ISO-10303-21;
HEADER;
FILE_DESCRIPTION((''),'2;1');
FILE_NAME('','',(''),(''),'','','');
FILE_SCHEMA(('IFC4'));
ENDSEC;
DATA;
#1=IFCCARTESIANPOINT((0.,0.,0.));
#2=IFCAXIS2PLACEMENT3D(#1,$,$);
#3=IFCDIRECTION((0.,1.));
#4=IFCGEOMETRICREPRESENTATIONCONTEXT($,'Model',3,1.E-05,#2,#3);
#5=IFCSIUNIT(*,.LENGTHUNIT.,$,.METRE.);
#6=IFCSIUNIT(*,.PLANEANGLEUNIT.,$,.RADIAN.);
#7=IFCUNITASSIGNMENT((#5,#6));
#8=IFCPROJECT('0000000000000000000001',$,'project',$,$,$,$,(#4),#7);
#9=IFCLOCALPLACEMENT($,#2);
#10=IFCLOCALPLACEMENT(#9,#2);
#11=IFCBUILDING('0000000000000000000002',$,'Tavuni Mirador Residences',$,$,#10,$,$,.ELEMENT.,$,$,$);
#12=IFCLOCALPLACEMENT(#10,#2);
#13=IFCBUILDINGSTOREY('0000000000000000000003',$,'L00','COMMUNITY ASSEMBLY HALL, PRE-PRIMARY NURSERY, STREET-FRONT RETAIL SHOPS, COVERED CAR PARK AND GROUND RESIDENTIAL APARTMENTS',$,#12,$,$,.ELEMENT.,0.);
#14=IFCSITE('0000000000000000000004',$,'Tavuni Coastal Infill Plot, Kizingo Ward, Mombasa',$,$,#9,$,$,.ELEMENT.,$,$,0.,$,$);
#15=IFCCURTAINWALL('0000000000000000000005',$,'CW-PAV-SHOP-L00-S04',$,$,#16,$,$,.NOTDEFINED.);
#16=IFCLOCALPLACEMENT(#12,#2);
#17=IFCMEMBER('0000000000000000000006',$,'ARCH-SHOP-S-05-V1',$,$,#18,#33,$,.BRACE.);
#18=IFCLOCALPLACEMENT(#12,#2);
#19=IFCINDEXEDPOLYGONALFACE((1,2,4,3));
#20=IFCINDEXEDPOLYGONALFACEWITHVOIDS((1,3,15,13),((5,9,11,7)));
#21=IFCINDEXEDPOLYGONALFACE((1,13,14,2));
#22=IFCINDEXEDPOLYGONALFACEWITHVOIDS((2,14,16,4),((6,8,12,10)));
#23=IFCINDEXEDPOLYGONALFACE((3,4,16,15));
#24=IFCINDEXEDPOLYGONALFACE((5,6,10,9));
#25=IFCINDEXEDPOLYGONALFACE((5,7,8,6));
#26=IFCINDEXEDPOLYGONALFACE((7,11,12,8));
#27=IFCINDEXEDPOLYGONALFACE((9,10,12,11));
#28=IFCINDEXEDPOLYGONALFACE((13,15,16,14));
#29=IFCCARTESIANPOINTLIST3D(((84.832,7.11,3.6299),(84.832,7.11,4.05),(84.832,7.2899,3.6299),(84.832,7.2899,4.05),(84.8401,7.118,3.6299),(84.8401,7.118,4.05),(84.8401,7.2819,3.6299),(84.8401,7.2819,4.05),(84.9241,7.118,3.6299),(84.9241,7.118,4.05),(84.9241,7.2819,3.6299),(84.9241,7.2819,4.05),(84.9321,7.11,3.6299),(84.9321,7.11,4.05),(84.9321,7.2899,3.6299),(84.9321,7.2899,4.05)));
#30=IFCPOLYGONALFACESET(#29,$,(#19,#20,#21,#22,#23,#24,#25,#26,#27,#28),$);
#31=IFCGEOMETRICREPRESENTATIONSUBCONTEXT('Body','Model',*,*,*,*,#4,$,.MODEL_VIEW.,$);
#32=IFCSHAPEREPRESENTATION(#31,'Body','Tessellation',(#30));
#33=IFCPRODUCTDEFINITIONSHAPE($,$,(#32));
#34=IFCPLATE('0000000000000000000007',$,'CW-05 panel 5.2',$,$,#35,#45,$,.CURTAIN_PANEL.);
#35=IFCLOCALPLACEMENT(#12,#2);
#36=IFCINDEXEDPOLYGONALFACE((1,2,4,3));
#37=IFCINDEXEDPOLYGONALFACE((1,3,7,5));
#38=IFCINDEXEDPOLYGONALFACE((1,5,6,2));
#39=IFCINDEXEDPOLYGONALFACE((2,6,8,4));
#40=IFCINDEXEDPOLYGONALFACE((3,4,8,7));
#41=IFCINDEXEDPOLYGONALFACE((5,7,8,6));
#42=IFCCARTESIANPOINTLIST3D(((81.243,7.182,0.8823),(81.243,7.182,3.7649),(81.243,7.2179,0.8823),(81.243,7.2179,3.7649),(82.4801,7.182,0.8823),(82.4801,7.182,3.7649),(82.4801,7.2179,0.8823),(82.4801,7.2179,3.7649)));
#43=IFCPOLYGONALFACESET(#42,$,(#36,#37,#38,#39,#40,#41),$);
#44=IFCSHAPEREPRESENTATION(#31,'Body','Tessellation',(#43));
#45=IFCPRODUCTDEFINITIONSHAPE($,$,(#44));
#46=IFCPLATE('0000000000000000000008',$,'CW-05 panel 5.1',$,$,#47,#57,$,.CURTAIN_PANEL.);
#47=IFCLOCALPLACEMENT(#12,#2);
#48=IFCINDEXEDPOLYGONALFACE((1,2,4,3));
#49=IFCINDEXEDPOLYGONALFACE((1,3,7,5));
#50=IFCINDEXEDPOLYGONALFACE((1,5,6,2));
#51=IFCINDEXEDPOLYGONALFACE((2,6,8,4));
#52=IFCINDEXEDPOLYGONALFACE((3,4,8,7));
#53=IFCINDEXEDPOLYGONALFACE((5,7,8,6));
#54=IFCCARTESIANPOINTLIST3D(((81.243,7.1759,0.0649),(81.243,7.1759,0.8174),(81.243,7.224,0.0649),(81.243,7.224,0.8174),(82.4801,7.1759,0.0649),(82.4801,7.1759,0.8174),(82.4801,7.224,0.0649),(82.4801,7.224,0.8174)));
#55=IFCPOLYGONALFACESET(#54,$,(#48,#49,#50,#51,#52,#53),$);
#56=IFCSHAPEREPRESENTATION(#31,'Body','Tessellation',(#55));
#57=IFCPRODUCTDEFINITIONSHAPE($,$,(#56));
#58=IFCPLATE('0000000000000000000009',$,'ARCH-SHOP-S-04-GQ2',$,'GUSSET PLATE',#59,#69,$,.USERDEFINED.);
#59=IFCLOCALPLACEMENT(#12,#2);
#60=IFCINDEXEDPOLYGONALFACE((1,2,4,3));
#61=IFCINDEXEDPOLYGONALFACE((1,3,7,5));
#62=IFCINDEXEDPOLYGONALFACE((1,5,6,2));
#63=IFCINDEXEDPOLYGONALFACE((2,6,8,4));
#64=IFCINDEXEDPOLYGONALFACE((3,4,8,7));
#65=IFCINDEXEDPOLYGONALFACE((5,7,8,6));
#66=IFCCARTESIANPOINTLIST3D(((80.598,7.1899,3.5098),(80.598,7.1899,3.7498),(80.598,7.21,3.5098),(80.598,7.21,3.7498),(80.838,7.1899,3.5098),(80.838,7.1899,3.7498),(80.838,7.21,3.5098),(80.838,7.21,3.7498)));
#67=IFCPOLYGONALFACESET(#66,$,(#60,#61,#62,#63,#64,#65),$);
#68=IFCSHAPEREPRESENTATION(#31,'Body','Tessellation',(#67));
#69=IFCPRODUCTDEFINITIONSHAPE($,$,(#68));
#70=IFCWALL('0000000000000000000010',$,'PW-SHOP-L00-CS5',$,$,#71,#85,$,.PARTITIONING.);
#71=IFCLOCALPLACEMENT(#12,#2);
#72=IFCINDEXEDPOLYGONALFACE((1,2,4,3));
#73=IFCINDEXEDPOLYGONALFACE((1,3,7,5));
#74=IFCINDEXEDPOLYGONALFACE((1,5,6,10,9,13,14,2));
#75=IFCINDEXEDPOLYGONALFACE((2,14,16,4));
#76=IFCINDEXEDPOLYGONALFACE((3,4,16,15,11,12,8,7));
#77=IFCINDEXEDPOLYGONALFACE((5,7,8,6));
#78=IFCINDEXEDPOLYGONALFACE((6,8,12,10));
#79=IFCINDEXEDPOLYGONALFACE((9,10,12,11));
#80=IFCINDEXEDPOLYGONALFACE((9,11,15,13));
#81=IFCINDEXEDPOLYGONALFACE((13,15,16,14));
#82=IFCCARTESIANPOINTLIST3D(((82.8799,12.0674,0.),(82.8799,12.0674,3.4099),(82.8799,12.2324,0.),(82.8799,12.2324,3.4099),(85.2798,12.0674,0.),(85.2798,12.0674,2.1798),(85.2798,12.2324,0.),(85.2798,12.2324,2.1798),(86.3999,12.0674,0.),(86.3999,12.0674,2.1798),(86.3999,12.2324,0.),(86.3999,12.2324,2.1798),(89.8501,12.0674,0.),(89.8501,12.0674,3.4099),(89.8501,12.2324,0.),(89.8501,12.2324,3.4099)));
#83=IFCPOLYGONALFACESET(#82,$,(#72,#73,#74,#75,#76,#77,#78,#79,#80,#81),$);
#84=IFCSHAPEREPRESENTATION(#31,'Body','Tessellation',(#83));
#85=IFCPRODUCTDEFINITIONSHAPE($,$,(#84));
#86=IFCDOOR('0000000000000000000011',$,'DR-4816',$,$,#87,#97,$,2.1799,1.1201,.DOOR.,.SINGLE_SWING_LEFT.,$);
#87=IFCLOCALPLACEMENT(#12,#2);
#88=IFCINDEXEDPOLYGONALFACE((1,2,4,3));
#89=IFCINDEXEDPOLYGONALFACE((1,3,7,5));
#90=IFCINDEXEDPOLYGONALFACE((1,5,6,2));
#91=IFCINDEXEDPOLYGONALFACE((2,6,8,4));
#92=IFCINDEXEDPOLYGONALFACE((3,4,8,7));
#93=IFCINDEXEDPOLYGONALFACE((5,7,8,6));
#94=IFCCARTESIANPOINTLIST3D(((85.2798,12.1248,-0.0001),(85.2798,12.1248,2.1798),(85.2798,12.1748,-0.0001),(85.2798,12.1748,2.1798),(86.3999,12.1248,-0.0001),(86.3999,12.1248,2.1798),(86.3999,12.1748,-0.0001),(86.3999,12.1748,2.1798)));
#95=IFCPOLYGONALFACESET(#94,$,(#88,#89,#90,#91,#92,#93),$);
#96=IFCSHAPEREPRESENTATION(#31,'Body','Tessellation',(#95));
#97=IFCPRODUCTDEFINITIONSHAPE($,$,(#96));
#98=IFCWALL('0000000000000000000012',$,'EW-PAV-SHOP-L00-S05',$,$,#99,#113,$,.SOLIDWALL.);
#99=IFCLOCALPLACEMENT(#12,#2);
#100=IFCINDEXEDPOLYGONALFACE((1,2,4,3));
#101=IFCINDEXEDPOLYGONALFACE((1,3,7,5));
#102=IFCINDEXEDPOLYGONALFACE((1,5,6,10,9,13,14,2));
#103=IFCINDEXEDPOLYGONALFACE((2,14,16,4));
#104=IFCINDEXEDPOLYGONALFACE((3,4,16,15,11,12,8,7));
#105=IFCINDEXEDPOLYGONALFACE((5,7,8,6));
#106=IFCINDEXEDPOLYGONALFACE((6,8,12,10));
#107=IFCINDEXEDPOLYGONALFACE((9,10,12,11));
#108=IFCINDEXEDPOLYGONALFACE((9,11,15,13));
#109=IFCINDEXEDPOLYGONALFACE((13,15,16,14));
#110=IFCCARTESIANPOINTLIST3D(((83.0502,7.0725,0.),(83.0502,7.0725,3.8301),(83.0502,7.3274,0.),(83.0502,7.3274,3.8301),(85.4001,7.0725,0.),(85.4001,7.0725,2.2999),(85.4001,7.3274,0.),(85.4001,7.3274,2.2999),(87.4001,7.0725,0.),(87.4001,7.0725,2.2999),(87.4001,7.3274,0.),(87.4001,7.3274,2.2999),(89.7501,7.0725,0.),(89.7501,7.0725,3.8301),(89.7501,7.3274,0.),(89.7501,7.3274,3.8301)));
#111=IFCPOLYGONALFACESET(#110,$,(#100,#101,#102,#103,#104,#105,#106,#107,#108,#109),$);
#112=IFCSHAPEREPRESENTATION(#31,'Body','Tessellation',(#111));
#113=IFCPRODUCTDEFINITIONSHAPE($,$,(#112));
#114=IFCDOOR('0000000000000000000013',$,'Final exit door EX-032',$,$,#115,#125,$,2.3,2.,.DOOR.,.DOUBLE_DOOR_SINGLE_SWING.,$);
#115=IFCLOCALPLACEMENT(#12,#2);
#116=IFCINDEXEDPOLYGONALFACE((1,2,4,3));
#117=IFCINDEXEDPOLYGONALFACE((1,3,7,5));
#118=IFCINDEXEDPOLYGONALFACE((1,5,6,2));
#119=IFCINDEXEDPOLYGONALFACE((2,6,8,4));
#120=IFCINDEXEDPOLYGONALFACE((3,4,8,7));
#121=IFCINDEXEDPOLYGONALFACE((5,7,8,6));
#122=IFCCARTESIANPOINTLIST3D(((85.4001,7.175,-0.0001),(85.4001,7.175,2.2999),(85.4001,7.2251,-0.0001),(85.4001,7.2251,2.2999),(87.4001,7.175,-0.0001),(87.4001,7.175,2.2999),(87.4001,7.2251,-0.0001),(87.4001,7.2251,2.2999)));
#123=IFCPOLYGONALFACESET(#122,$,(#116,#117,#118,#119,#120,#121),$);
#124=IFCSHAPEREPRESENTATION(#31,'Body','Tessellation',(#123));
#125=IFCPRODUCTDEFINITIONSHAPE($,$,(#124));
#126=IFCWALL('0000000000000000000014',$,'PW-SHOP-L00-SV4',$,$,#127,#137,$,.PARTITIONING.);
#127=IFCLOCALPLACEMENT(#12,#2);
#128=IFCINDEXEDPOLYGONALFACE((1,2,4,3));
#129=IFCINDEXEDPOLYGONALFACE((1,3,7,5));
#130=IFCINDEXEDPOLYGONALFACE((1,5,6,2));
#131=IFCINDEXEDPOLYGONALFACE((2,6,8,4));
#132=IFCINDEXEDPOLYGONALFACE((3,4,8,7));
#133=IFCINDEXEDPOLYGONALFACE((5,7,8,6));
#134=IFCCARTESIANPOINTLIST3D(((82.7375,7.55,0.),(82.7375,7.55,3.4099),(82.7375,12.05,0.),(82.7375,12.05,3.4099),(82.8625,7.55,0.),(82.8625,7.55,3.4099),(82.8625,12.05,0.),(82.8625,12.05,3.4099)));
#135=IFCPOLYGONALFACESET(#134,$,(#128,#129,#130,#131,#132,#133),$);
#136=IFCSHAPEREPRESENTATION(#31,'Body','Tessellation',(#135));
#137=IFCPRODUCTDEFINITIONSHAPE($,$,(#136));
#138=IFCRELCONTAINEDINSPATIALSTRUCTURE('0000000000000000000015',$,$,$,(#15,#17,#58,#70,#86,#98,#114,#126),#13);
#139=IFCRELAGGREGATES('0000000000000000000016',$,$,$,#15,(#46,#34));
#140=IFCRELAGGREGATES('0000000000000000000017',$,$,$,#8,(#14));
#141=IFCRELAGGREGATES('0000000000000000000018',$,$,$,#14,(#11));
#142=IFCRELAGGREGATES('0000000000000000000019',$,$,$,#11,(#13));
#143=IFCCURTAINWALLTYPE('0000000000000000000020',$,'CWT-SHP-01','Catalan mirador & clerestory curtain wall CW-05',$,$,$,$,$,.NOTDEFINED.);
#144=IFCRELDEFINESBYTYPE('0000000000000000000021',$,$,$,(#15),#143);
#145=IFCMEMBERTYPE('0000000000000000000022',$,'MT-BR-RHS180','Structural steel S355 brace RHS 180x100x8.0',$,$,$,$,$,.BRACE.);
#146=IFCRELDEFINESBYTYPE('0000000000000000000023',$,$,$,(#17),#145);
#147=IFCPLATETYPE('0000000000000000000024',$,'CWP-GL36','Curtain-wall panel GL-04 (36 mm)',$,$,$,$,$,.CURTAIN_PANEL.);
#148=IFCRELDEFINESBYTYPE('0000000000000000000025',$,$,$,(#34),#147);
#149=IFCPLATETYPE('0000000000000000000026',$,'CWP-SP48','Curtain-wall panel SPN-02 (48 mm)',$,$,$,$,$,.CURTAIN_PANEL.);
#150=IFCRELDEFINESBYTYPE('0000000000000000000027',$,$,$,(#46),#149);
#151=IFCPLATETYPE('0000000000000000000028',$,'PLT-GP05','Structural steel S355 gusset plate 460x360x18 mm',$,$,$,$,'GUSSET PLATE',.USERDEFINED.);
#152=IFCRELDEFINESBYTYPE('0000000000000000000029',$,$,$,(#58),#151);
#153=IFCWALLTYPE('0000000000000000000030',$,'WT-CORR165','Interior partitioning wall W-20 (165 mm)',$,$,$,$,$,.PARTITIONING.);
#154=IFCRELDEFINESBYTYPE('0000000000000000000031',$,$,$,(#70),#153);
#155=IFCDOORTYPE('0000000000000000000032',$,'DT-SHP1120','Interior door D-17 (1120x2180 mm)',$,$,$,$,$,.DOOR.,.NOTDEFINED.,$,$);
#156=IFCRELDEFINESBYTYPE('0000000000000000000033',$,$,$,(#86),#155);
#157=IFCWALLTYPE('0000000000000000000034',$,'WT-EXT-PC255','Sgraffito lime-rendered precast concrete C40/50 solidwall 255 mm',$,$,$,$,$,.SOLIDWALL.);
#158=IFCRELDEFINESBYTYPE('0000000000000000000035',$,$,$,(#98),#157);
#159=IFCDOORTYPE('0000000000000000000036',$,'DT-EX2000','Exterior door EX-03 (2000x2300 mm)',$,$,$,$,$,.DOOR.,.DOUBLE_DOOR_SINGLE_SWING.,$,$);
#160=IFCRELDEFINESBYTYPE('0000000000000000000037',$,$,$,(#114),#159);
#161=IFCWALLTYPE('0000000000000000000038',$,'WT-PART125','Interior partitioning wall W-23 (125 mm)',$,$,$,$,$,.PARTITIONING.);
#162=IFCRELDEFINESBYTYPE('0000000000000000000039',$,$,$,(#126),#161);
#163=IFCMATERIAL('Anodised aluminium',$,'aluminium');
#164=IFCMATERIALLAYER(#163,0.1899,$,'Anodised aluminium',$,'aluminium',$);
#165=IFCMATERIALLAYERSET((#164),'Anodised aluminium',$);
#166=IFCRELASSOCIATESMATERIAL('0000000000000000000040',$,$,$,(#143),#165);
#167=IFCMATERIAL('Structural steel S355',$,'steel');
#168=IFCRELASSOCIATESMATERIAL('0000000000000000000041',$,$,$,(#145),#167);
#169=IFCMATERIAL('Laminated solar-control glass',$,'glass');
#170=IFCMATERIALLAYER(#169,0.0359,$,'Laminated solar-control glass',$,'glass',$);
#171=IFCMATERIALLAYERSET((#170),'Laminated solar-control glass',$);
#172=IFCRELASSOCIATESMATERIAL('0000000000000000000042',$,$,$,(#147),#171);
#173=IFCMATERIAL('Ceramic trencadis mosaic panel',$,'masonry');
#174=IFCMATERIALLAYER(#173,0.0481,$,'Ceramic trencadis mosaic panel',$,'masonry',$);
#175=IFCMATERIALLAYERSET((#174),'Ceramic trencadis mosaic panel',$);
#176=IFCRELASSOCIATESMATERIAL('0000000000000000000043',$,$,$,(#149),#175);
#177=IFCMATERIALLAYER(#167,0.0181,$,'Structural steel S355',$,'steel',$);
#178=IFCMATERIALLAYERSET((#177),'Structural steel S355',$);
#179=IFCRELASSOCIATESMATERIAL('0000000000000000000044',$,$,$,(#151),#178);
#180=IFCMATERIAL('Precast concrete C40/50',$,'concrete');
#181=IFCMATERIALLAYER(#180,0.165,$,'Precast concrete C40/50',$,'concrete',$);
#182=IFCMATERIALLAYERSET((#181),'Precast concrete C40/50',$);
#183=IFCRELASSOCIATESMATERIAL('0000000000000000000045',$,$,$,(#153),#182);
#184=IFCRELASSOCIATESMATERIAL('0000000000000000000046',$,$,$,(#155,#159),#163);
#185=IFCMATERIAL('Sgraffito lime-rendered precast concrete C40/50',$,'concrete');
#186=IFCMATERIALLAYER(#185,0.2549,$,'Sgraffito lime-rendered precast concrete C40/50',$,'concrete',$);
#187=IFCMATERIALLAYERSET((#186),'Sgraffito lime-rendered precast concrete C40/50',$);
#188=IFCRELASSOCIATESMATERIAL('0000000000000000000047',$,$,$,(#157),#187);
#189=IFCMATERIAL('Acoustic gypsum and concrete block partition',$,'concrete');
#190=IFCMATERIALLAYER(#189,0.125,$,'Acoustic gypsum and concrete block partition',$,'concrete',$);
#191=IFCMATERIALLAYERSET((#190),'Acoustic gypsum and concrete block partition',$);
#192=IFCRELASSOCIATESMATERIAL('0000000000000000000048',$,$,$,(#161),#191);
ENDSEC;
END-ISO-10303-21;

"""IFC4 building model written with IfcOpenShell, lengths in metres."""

from ifc_helpers import new_model, si_unit, direction, frame, frame_2d, origin, origin_2d, place, context, subcontext, project, spatial, rectangle, hollow_rectangle, extrude, material, layer, layer_set, material_profile, profile_set, type_object, element, fill, aggregate, save


model = new_model("IFC4")

# Units and contexts
model_context = context("Model", 3, precision=1e-05, world=origin(), true_north=direction((0.0, 1.0)))
body_context = subcontext(model_context, "Body", "Model", "MODEL_VIEW")
ifc_project = project(units=[si_unit("LENGTHUNIT", "METRE"), si_unit("PLANEANGLEUNIT", "RADIAN")], contexts=[model_context])

# Site, building, storey
site_placement = place(None, origin())
site = spatial("IfcSite", under=ifc_project, at=site_placement, Name="Tavuni Coastal Infill Plot, Kizingo Ward, Mombasa", CompositionType="ELEMENT", RefElevation=0.0)
building_placement = place(site_placement, origin())
building = spatial("IfcBuilding", under=site, at=building_placement, Name="Tavuni Mirador Residences", CompositionType="ELEMENT")
storey_placement = place(building_placement, origin())
storey = spatial("IfcBuildingStorey", under=building, at=storey_placement, Name="L00", Description="COMMUNITY ASSEMBLY HALL, PRE-PRIMARY NURSERY, STREET-FRONT RETAIL SHOPS, COVERED CAR PARK AND GROUND RESIDENTIAL APARTMENTS", CompositionType="ELEMENT", Elevation=0.0)

# Shared definitions
ifc_material_1 = material(Name="Precast concrete C40/50", Category="concrete")

# Curtain wall
ifc_material_2 = material(Name="Anodised aluminium", Category="aluminium")
ifc_layer_1 = layer(ifc_material_2, 0.1899, Name="Anodised aluminium", Category="aluminium")
ifc_layer_set_1 = layer_set([ifc_layer_1], Name="Anodised aluminium")
curtain_wall_type = type_object("IfcCurtainWallType", Name="CWT-SHP-01", Description="Catalan mirador & clerestory curtain wall CW-05", PredefinedType="NOTDEFINED", material=ifc_layer_set_1)
curtain_wall_placement = place(storey_placement, origin())
curtain_wall = element("IfcCurtainWall", 1, at=curtain_wall_placement, inside=storey, type_object=curtain_wall_type, Name="CW-PAV-SHOP-L00-S04", PredefinedType="NOTDEFINED")

# Member
ifc_material_3 = material(Name="Structural steel S355", Category="steel")
ifc_material_profile_1 = material_profile(ifc_material_3, hollow_rectangle(XDim=0.1001, YDim=0.1799, WallThickness=0.0081, at=origin_2d()), Name="RHS 180x100x8.0", Category="steel")
ifc_profile_set_1 = profile_set([ifc_material_profile_1], Name="Structural steel S355")
member_type_1 = type_object("IfcMemberType", Name="MT-BR-RHS180", Description="Structural steel S355 brace RHS 180x100x8.0", PredefinedType="BRACE", material=ifc_profile_set_1)
member_1_placement = place(storey_placement, frame((84.8821, 7.2, 3.6299), z_axis=(0.0, 0.0, 1.0), x_axis=(1.0, 0.0, 0.0)))
element("IfcMember", 2, at=member_1_placement, inside=storey, type_object=member_type_1, Name="ARCH-SHOP-S-05-V1", PredefinedType="BRACE", context=body_context, shape_type="SweptSolid", body=[
    extrude(hollow_rectangle(XDim=0.1001, YDim=0.1799, WallThickness=0.0081, at=origin_2d()), origin(), (0.0, 0.0, 1.0), 0.4202),
])

# Plates
ifc_material_4 = material(Name="Laminated solar-control glass", Category="glass")
ifc_layer_2 = layer(ifc_material_4, 0.0359, Name="Laminated solar-control glass", Category="glass")
ifc_layer_set_2 = layer_set([ifc_layer_2], Name="Laminated solar-control glass")
plate_type_1 = type_object("IfcPlateType", Name="CWP-GL36", Description="Curtain-wall panel GL-04 (36 mm)", PredefinedType="CURTAIN_PANEL", material=ifc_layer_set_2)
plate_1_placement = place(storey_placement, frame((81.8616, 7.2, 0.8823), z_axis=(0.0, 0.0, 1.0), x_axis=(1.0, 0.0, 0.0)))
plate_1 = element("IfcPlate", 3, at=plate_1_placement, type_object=plate_type_1, Name="CW-05 panel 5.2", PredefinedType="CURTAIN_PANEL", context=body_context, shape_type="SweptSolid", body=[
    extrude(rectangle(XDim=1.2371, YDim=0.0359, at=origin_2d()), origin(), (0.0, 0.0, 1.0), 2.8826),
])
ifc_material_5 = material(Name="Ceramic trencadis mosaic panel", Category="masonry")
ifc_layer_3 = layer(ifc_material_5, 0.0481, Name="Ceramic trencadis mosaic panel", Category="masonry")
ifc_layer_set_3 = layer_set([ifc_layer_3], Name="Ceramic trencadis mosaic panel")
plate_type_2 = type_object("IfcPlateType", Name="CWP-SP48", Description="Curtain-wall panel SPN-02 (48 mm)", PredefinedType="CURTAIN_PANEL", material=ifc_layer_set_3)
plate_2_placement = place(storey_placement, frame((81.8616, 7.2, 0.0649), z_axis=(0.0, 0.0, 1.0), x_axis=(1.0, 0.0, 0.0)))
plate_2 = element("IfcPlate", 4, at=plate_2_placement, type_object=plate_type_2, Name="CW-05 panel 5.1", PredefinedType="CURTAIN_PANEL", context=body_context, shape_type="SweptSolid", body=[
    extrude(rectangle(XDim=1.2371, YDim=0.0481, at=origin_2d()), origin(), (0.0, 0.0, 1.0), 0.7524),
])
aggregate(curtain_wall, [plate_2, plate_1])
ifc_layer_4 = layer(ifc_material_3, 0.0181, Name="Structural steel S355", Category="steel")
ifc_layer_set_4 = layer_set([ifc_layer_4], Name="Structural steel S355")
plate_type_3 = type_object("IfcPlateType", Name="PLT-GP05", Description="Structural steel S355 gusset plate 460x360x18 mm", ElementType="GUSSET PLATE", PredefinedType="USERDEFINED", material=ifc_layer_set_4)
plate_3_placement = place(storey_placement, frame((80.718, 7.2, 3.5098), z_axis=(0.0, 0.0, 1.0), x_axis=(1.0, 0.0, 0.0)))
element("IfcPlate", 5, at=plate_3_placement, inside=storey, type_object=plate_type_3, Name="ARCH-SHOP-S-04-GQ2", ObjectType="GUSSET PLATE", PredefinedType="USERDEFINED", context=body_context, shape_type="SweptSolid", body=[
    extrude(rectangle(XDim=0.24, YDim=0.02, at=origin_2d()), origin(), (0.0, 0.0, 1.0), 0.24),
])

# Walls, openings, doors
ifc_layer_5 = layer(ifc_material_1, 0.165, Name="Precast concrete C40/50", Category="concrete")
ifc_layer_set_5 = layer_set([ifc_layer_5], Name="Precast concrete C40/50")
wall_type_1 = type_object("IfcWallType", Name="WT-CORR165", Description="Interior partitioning wall W-20 (165 mm)", PredefinedType="PARTITIONING", material=ifc_layer_set_5)
wall_1_placement = place(storey_placement, frame((82.8799, 12.1499, 0.0), z_axis=(0.0, 0.0, 1.0), x_axis=(1.0, 0.0, 0.0)))
wall_1 = element("IfcWall", 6, at=wall_1_placement, inside=storey, type_object=wall_type_1, Name="PW-SHOP-L00-CS5", PredefinedType="PARTITIONING", context=body_context, shape_type="SweptSolid", body=[
    extrude(rectangle(XDim=6.9702, YDim=0.165, at=frame_2d((3.4851, 0.0))), origin(), (0.0, 0.0, 1.0), 3.4099),
])
opening_1_placement = place(wall_1_placement, frame((2.3999, 0.0, 0.0)))
opening_1 = element("IfcOpeningElement", 7, at=opening_1_placement, cuts=wall_1, PredefinedType="OPENING", context=body_context, shape_type="SweptSolid", body=[
    extrude(rectangle(XDim=1.1201, YDim=2.1799, at=frame_2d((0.5601, 1.0898))), frame((0.0, 0.0925, 0.0), z_axis=(0.0, -1.0, 0.0), x_axis=(1.0, 0.0, 0.0)), (0.0, 0.0, 1.0), 0.1851),
])
door_type_1 = type_object("IfcDoorType", Name="DT-SHP1120", Description="Interior door D-17 (1120x2180 mm)", OperationType="NOTDEFINED", PredefinedType="DOOR", material=ifc_material_2)
door_1_placement = place(opening_1_placement, origin())
door_1 = element("IfcDoor", 8, at=door_1_placement, inside=storey, type_object=door_type_1, Name="DR-4816", OperationType="SINGLE_SWING_LEFT", OverallHeight=2.1799, OverallWidth=1.1201, PredefinedType="DOOR", context=body_context, shape_type="SweptSolid", body=[
    extrude(rectangle(XDim=1.1201, YDim=2.1799, at=frame_2d((0.5601, 1.0898))), frame((0.0, 0.0249, 0.0), z_axis=(0.0, -1.0, 0.0), x_axis=(1.0, 0.0, 0.0)), (0.0, 0.0, 1.0), 0.05),
])
fill(opening_1, door_1)
ifc_material_6 = material(Name="Sgraffito lime-rendered precast concrete C40/50", Category="concrete")
ifc_layer_6 = layer(ifc_material_6, 0.2549, Name="Sgraffito lime-rendered precast concrete C40/50", Category="concrete")
ifc_layer_set_6 = layer_set([ifc_layer_6], Name="Sgraffito lime-rendered precast concrete C40/50")
wall_type_2 = type_object("IfcWallType", Name="WT-EXT-PC255", Description="Sgraffito lime-rendered precast concrete C40/50 solidwall 255 mm", PredefinedType="SOLIDWALL", material=ifc_layer_set_6)
wall_2_placement = place(storey_placement, frame((83.05, 7.2, 0.0), z_axis=(0.0, 0.0, 1.0), x_axis=(1.0, 0.0, 0.0)))
wall_2 = element("IfcWall", 9, at=wall_2_placement, inside=storey, type_object=wall_type_2, Name="EW-PAV-SHOP-L00-S05", PredefinedType="SOLIDWALL", context=body_context, shape_type="SweptSolid", body=[
    extrude(rectangle(XDim=6.7, YDim=0.2549, at=frame_2d((3.3501, 0.0))), origin(), (0.0, 0.0, 1.0), 3.8301),
])
opening_2_placement = place(wall_2_placement, frame((2.3501, 0.0, 0.0)))
opening_2 = element("IfcOpeningElement", 10, at=opening_2_placement, cuts=wall_2, PredefinedType="OPENING", context=body_context, shape_type="SweptSolid", body=[
    extrude(rectangle(XDim=2.0, YDim=2.3, at=frame_2d((1.0, 1.1499))), frame((0.0, 0.1375, 0.0), z_axis=(0.0, -1.0, 0.0), x_axis=(1.0, 0.0, 0.0)), (0.0, 0.0, 1.0), 0.2749),
])
door_type_2 = type_object("IfcDoorType", Name="DT-EX2000", Description="Exterior door EX-03 (2000x2300 mm)", OperationType="DOUBLE_DOOR_SINGLE_SWING", PredefinedType="DOOR", material=ifc_material_2)
door_2_placement = place(opening_2_placement, frame((2.0, 0.0, 0.0), z_axis=(0.0, 0.0, 1.0), x_axis=(-1.0, 0.0, 0.0)))
door_2 = element("IfcDoor", 11, at=door_2_placement, inside=storey, type_object=door_type_2, Name="Final exit door EX-032", OperationType="DOUBLE_DOOR_SINGLE_SWING", OverallHeight=2.3, OverallWidth=2.0, PredefinedType="DOOR", context=body_context, shape_type="SweptSolid", body=[
    extrude(rectangle(XDim=2.0, YDim=2.3, at=frame_2d((1.0, 1.1499))), frame((0.0, 0.0249, 0.0), z_axis=(0.0, -1.0, 0.0), x_axis=(1.0, 0.0, 0.0)), (0.0, 0.0, 1.0), 0.05),
])
fill(opening_2, door_2)

# Wall
ifc_material_7 = material(Name="Acoustic gypsum and concrete block partition", Category="concrete")
ifc_layer_7 = layer(ifc_material_7, 0.125, Name="Acoustic gypsum and concrete block partition", Category="concrete")
ifc_layer_set_7 = layer_set([ifc_layer_7], Name="Acoustic gypsum and concrete block partition")
wall_type_3 = type_object("IfcWallType", Name="WT-PART125", Description="Interior partitioning wall W-23 (125 mm)", PredefinedType="PARTITIONING", material=ifc_layer_set_7)
wall_3_placement = place(storey_placement, frame((82.8, 7.55, 0.0), z_axis=(0.0, 0.0, 1.0), x_axis=(0.0, 1.0, 0.0)))
element("IfcWall", 12, at=wall_3_placement, inside=storey, type_object=wall_type_3, Name="PW-SHOP-L00-SV4", PredefinedType="PARTITIONING", context=body_context, shape_type="SweptSolid", body=[
    extrude(rectangle(XDim=4.5, YDim=0.125, at=frame_2d((2.25, 0.0))), origin(), (0.0, 0.0, 1.0), 3.4099),
])

save(model, "model.ifc")
